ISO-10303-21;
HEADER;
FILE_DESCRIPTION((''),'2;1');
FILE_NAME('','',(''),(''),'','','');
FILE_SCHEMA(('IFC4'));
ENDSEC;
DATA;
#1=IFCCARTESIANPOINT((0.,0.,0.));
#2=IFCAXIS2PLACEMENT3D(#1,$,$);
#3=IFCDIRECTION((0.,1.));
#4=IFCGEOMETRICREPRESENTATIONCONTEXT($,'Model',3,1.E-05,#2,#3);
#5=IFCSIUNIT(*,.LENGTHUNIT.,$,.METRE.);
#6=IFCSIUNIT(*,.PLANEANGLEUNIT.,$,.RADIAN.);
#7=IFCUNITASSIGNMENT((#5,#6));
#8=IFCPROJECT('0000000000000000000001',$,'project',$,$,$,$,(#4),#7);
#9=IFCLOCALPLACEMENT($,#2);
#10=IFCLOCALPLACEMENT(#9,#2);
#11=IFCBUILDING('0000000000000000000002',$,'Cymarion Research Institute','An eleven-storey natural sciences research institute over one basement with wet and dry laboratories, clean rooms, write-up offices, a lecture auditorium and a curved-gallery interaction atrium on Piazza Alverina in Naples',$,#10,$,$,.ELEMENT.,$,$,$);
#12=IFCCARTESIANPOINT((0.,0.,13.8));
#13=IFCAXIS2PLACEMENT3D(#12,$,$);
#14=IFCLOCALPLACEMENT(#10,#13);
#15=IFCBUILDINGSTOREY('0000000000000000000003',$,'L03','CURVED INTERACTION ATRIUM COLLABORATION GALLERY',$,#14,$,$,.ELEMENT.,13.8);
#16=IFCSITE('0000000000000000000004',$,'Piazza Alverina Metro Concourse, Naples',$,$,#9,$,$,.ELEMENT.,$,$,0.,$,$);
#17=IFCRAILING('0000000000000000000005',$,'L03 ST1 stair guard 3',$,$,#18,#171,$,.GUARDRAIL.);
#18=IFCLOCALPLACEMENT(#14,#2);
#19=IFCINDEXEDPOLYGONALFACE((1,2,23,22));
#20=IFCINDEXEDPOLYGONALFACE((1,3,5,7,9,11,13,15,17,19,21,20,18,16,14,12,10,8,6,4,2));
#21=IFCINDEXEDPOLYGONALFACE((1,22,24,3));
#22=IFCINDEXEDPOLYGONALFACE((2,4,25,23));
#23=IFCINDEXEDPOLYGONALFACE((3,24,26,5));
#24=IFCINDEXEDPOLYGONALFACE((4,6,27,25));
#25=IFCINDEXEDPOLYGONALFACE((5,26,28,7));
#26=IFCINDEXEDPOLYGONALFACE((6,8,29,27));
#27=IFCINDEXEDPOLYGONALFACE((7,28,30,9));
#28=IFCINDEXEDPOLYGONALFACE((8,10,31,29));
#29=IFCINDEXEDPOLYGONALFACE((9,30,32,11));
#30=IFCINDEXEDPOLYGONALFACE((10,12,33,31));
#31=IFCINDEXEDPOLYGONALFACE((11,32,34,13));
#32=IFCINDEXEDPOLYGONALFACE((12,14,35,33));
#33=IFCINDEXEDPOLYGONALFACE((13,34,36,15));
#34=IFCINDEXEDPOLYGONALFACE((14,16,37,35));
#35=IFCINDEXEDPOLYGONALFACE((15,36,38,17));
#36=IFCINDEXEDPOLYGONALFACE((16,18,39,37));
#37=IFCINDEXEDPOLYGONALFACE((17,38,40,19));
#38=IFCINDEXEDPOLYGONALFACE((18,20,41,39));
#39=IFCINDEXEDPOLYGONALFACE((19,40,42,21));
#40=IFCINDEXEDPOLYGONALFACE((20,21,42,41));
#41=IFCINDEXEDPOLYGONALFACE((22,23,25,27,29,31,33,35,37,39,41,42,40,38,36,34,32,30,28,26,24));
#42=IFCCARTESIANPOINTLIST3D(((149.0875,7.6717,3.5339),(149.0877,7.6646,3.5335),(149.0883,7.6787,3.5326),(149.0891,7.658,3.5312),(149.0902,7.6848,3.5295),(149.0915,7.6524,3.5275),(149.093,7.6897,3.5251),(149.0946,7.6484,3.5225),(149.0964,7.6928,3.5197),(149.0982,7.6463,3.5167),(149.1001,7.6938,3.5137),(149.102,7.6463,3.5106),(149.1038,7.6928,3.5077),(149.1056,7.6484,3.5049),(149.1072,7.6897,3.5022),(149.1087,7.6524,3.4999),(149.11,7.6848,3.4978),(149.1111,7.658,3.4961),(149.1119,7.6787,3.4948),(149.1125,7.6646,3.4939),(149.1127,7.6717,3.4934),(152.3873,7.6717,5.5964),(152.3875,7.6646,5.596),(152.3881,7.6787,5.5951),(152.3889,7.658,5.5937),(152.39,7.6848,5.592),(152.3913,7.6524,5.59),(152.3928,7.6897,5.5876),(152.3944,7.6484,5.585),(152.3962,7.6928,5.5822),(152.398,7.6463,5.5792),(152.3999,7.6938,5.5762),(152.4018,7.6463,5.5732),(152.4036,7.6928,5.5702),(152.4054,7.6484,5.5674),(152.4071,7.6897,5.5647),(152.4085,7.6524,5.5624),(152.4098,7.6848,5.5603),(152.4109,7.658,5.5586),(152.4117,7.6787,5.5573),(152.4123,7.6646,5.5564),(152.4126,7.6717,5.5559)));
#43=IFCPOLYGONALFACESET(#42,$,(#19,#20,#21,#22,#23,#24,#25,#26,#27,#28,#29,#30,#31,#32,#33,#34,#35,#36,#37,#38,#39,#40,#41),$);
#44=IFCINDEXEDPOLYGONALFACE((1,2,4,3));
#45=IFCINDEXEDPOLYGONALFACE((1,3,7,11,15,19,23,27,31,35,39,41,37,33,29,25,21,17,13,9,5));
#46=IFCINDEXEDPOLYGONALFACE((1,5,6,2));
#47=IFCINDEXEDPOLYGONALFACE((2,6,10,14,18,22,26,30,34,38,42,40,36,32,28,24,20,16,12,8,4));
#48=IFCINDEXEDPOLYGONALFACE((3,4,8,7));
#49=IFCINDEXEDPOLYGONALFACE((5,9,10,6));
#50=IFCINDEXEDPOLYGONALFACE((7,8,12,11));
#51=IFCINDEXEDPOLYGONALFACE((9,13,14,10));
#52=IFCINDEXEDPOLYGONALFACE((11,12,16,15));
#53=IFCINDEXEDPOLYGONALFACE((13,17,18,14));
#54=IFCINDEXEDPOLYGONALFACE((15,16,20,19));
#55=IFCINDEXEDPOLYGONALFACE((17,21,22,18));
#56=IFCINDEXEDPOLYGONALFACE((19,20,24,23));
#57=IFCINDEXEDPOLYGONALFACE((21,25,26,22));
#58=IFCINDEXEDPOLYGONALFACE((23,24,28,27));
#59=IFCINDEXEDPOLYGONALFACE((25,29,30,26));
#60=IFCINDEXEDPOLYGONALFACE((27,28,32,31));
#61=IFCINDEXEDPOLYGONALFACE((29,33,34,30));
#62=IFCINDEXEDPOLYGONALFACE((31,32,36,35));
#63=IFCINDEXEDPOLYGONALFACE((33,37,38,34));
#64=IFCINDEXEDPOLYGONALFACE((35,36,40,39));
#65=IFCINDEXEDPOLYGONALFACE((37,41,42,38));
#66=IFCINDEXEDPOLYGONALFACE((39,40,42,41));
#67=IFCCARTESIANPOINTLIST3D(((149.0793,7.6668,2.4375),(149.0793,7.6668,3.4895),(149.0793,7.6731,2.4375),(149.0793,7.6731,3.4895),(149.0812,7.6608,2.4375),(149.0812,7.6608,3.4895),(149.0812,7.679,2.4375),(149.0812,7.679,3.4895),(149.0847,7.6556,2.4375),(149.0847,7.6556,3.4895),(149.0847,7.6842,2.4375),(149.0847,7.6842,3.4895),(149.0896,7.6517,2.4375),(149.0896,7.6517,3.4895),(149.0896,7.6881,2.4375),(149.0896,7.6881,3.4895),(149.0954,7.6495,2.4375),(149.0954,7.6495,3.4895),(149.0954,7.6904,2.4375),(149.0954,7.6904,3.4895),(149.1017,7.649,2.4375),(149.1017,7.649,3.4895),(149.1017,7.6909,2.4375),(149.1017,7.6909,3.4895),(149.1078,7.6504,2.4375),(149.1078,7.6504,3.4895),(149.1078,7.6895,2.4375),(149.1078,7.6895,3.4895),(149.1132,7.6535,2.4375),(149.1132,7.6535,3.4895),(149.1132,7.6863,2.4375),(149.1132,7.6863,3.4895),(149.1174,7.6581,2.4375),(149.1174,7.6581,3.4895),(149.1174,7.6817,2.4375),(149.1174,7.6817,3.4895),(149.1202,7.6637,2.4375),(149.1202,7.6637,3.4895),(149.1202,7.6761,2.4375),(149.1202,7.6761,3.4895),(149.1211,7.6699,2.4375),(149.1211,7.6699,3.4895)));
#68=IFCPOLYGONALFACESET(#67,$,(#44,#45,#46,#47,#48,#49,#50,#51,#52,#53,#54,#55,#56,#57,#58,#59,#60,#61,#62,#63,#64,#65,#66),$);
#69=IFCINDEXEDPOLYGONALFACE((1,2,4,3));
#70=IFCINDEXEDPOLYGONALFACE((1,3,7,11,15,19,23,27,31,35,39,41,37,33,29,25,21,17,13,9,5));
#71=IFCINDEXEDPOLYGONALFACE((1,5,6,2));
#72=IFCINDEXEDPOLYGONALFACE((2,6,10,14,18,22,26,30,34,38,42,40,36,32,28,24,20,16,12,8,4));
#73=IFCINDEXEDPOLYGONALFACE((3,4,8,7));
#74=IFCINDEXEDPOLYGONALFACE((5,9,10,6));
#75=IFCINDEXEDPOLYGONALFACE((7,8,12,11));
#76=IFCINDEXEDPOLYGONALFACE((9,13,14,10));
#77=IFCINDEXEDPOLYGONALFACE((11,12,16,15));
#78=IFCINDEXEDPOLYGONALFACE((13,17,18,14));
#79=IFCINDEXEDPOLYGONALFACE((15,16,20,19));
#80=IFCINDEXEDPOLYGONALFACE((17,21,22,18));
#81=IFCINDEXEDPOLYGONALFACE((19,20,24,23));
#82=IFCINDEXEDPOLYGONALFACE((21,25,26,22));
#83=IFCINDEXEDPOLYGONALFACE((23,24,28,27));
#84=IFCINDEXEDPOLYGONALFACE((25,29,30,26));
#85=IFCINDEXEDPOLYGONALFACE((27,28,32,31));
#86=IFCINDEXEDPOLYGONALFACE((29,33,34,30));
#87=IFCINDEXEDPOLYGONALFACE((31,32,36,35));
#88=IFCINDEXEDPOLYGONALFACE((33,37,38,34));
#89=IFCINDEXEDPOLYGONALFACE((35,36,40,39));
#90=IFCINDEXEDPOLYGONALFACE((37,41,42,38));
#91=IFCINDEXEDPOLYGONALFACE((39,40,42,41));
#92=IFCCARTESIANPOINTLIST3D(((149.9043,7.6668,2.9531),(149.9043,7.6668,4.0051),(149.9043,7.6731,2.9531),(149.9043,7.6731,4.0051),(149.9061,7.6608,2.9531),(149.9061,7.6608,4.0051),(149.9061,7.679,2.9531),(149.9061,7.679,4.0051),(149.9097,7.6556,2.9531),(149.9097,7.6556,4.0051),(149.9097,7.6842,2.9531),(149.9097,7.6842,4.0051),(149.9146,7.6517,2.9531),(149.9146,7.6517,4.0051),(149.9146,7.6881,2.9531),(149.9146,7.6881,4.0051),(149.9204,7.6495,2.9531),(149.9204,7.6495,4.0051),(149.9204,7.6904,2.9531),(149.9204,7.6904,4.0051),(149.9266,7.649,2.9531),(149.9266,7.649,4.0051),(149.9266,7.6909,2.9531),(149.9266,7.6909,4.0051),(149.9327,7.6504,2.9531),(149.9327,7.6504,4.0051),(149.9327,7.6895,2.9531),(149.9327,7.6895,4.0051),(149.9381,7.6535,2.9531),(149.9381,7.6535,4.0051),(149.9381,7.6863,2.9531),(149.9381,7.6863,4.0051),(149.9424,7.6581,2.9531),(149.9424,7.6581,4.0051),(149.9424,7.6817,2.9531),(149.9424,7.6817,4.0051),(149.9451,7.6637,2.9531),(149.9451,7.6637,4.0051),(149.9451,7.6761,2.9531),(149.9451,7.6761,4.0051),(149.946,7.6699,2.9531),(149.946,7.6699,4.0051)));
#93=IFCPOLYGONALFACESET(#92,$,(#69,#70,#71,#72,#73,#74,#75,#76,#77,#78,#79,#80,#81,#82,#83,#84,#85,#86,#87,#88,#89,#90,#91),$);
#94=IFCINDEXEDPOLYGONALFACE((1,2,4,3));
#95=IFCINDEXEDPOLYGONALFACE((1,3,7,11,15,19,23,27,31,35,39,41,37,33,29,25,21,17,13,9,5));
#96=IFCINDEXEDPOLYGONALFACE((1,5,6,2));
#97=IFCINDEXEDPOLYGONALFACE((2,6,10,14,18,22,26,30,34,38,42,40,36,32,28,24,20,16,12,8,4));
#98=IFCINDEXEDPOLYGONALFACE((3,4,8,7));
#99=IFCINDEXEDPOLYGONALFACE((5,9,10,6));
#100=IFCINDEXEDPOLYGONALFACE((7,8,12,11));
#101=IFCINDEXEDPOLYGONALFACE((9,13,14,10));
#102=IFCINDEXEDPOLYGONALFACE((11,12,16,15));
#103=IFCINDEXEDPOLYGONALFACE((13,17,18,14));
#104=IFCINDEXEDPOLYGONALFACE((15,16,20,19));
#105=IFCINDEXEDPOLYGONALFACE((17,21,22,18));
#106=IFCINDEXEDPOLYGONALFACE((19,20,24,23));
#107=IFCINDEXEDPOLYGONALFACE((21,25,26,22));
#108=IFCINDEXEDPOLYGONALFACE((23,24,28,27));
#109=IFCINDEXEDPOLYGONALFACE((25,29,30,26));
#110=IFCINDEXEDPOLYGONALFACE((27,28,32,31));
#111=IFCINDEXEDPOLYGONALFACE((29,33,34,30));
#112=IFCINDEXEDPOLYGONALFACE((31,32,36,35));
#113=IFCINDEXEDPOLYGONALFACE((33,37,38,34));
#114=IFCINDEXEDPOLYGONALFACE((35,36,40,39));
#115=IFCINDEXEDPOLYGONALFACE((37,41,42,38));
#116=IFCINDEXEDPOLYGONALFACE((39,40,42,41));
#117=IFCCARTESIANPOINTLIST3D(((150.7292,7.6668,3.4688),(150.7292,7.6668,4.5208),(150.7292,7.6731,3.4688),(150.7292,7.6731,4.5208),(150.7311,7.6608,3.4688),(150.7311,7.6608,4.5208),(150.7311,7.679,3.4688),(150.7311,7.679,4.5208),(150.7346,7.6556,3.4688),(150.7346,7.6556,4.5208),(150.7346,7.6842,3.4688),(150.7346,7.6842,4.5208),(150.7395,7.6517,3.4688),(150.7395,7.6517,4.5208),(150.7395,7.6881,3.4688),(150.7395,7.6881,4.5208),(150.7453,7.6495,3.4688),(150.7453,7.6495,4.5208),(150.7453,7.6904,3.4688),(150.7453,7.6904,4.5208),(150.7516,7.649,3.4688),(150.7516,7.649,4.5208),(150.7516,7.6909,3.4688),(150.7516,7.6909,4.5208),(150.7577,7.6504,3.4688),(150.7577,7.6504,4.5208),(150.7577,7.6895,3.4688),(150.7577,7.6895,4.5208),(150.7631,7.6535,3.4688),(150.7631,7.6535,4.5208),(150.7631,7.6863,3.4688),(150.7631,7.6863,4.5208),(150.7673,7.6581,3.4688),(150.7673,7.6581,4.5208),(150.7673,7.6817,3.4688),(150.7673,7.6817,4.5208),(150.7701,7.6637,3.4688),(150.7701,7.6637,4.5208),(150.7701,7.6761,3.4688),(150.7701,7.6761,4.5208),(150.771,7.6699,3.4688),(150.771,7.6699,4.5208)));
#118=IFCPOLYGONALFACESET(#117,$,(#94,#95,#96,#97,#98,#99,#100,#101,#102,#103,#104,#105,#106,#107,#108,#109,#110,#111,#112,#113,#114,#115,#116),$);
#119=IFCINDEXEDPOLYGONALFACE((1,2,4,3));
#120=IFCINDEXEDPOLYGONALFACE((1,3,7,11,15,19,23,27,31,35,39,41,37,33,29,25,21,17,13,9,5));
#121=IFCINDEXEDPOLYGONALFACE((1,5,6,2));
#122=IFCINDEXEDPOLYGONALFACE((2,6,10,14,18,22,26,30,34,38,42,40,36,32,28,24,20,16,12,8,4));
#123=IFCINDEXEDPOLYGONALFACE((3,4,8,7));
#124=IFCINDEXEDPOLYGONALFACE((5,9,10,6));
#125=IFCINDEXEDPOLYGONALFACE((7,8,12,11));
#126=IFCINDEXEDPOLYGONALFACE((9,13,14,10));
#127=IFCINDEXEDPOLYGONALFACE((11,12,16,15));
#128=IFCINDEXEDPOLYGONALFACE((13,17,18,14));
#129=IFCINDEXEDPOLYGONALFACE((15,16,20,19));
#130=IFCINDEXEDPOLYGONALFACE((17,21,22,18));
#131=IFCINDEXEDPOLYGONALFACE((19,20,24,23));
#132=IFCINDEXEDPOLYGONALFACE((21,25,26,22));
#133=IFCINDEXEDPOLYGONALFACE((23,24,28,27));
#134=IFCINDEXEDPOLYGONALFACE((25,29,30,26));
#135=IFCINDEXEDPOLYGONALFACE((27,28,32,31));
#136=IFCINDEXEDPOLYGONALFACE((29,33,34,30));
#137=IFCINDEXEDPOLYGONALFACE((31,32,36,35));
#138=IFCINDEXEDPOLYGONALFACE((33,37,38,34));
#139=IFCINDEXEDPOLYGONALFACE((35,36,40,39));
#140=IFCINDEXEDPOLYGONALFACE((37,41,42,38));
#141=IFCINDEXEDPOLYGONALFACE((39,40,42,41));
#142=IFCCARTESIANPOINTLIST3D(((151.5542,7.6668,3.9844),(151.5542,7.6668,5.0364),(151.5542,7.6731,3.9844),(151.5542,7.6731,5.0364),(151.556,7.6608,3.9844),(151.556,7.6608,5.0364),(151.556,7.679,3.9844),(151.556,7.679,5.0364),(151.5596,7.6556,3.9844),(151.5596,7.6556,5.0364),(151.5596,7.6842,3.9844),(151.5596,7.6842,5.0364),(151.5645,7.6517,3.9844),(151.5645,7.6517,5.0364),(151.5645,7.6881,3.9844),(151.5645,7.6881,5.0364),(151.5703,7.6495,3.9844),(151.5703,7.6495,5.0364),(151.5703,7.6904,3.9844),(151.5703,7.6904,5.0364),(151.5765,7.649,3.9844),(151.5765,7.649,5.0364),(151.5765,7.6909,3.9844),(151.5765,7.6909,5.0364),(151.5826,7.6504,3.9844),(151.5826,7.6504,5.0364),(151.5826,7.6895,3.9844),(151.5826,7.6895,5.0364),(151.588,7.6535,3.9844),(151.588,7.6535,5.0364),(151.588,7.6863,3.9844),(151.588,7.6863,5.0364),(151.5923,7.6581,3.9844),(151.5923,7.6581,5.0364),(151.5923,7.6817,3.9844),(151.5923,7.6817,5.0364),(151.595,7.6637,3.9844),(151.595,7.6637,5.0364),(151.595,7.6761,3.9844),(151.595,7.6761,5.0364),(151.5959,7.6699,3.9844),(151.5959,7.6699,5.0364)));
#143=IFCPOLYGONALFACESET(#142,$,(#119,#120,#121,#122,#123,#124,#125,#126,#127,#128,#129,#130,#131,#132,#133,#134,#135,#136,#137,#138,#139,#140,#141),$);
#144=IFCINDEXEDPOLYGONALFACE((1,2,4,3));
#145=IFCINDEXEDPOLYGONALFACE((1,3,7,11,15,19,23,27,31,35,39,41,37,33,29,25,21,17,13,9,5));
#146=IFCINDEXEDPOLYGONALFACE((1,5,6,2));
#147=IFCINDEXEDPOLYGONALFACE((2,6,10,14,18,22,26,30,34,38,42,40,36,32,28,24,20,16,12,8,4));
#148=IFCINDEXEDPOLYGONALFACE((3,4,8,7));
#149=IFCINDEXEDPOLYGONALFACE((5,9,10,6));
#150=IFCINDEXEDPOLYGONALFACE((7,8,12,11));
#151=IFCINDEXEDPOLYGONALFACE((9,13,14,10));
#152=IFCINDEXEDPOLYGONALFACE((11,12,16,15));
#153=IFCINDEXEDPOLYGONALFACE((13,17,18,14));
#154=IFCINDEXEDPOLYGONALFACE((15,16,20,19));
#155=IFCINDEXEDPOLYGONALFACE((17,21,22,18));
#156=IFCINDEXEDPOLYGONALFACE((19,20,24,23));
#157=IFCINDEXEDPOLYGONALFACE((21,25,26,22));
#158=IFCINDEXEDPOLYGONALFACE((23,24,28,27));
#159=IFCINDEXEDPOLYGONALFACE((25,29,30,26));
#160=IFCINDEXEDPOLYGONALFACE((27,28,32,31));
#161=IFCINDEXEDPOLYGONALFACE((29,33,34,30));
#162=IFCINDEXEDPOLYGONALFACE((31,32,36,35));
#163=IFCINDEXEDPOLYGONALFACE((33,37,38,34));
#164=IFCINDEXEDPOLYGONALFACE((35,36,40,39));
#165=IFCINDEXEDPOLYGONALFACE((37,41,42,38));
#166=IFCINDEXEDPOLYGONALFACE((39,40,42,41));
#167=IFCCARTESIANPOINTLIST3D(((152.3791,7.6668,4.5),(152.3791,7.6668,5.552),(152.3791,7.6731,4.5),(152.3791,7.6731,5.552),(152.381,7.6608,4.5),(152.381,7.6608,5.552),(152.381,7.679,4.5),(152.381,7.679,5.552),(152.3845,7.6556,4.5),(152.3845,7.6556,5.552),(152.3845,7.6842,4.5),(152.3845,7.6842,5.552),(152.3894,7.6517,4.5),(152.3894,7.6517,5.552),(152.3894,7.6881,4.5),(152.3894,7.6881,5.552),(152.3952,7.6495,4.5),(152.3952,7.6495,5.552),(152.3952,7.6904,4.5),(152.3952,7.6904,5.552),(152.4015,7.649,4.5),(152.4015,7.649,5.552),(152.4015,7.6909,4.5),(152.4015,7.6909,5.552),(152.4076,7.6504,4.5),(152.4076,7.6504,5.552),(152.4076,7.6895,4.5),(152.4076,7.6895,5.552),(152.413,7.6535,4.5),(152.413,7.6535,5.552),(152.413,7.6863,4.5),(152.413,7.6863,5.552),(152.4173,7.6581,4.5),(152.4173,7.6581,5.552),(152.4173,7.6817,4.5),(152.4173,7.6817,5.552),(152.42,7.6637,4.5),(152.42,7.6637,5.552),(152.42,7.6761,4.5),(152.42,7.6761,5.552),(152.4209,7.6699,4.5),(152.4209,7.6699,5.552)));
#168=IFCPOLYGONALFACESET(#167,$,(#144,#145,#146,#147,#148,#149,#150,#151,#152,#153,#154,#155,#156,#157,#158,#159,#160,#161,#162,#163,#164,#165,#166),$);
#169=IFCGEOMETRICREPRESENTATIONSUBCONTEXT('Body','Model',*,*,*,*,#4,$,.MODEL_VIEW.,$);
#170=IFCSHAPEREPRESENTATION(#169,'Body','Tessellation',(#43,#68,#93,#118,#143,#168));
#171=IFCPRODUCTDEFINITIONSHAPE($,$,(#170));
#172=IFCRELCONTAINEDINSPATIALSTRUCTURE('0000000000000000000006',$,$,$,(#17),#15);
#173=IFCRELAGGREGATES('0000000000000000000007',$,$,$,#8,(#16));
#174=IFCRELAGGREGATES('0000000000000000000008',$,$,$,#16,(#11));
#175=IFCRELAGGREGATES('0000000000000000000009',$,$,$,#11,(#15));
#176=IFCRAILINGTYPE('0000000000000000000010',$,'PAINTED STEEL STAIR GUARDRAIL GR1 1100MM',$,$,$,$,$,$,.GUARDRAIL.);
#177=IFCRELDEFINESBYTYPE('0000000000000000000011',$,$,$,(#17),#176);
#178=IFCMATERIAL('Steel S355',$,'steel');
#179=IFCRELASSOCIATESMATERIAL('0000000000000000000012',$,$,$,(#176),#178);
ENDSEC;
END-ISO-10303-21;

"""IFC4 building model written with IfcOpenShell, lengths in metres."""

from ifc_helpers import new_model, si_unit, direction, frame, origin, origin_2d, place, context, subcontext, project, spatial, circle, extrude, material, type_object, element, save


model = new_model("IFC4")

# Units and contexts
model_context = context("Model", 3, precision=1e-05, world=origin(), true_north=direction((0.0, 1.0)))
body_context = subcontext(model_context, "Body", "Model", "MODEL_VIEW")
ifc_project = project(units=[si_unit("LENGTHUNIT", "METRE"), si_unit("PLANEANGLEUNIT", "RADIAN")], contexts=[model_context])

# Site, building, storey
site_placement = place(None, origin())
site = spatial("IfcSite", under=ifc_project, at=site_placement, Name="Piazza Alverina Metro Concourse, Naples", CompositionType="ELEMENT", RefElevation=0.0)
building_placement = place(site_placement, origin())
building = spatial("IfcBuilding", under=site, at=building_placement, Name="Cymarion Research Institute", Description="An eleven-storey natural sciences research institute over one basement with wet and dry laboratories, clean rooms, write-up offices, a lecture auditorium and a curved-gallery interaction atrium on Piazza Alverina in Naples", CompositionType="ELEMENT")
storey_placement = place(building_placement, frame((0.0, 0.0, 13.8)))
storey = spatial("IfcBuildingStorey", under=building, at=storey_placement, Name="L03", Description="CURVED INTERACTION ATRIUM COLLABORATION GALLERY", CompositionType="ELEMENT", Elevation=13.8)

# Shared definitions
ifc_material_1 = material(Name="Steel S355", Category="steel")

# Railing
railing_type_1 = type_object("IfcRailingType", Name="PAINTED STEEL STAIR GUARDRAIL GR1 1100MM", PredefinedType="GUARDRAIL", material=ifc_material_1)
railing_1_placement = place(storey_placement, frame((149.1001, 7.6699, 2.4375)))
element("IfcRailing", 1, at=railing_1_placement, inside=storey, type_object=railing_type_1, Name="L03 ST1 stair guard 3", PredefinedType="GUARDRAIL", context=body_context, shape_type="SweptSolid", body=[
    extrude(circle(Radius=0.0239, at=origin_2d()), frame((0.0, 0.0, 1.0762), z_axis=(0.847984, 0.0, 0.530021), x_axis=(0.0, 1.0, 0.0)), (0.0, 0.0, 1.0), 3.8914),
    extrude(circle(Radius=0.021, at=origin_2d()), origin(), (0.0, 0.0, 1.0), 1.052),
    extrude(circle(Radius=0.021, at=origin_2d()), frame((0.825, 0.0, 0.5156)), (0.0, 0.0, 1.0), 1.052),
    extrude(circle(Radius=0.021, at=origin_2d()), frame((1.6499, 0.0, 1.0312)), (0.0, 0.0, 1.0), 1.052),
    extrude(circle(Radius=0.021, at=origin_2d()), frame((2.4749, 0.0, 1.5469)), (0.0, 0.0, 1.0), 1.052),
    extrude(circle(Radius=0.021, at=origin_2d()), frame((3.2998, 0.0, 2.0625)), (0.0, 0.0, 1.0), 1.052),
])

save(model, "model.ifc")
